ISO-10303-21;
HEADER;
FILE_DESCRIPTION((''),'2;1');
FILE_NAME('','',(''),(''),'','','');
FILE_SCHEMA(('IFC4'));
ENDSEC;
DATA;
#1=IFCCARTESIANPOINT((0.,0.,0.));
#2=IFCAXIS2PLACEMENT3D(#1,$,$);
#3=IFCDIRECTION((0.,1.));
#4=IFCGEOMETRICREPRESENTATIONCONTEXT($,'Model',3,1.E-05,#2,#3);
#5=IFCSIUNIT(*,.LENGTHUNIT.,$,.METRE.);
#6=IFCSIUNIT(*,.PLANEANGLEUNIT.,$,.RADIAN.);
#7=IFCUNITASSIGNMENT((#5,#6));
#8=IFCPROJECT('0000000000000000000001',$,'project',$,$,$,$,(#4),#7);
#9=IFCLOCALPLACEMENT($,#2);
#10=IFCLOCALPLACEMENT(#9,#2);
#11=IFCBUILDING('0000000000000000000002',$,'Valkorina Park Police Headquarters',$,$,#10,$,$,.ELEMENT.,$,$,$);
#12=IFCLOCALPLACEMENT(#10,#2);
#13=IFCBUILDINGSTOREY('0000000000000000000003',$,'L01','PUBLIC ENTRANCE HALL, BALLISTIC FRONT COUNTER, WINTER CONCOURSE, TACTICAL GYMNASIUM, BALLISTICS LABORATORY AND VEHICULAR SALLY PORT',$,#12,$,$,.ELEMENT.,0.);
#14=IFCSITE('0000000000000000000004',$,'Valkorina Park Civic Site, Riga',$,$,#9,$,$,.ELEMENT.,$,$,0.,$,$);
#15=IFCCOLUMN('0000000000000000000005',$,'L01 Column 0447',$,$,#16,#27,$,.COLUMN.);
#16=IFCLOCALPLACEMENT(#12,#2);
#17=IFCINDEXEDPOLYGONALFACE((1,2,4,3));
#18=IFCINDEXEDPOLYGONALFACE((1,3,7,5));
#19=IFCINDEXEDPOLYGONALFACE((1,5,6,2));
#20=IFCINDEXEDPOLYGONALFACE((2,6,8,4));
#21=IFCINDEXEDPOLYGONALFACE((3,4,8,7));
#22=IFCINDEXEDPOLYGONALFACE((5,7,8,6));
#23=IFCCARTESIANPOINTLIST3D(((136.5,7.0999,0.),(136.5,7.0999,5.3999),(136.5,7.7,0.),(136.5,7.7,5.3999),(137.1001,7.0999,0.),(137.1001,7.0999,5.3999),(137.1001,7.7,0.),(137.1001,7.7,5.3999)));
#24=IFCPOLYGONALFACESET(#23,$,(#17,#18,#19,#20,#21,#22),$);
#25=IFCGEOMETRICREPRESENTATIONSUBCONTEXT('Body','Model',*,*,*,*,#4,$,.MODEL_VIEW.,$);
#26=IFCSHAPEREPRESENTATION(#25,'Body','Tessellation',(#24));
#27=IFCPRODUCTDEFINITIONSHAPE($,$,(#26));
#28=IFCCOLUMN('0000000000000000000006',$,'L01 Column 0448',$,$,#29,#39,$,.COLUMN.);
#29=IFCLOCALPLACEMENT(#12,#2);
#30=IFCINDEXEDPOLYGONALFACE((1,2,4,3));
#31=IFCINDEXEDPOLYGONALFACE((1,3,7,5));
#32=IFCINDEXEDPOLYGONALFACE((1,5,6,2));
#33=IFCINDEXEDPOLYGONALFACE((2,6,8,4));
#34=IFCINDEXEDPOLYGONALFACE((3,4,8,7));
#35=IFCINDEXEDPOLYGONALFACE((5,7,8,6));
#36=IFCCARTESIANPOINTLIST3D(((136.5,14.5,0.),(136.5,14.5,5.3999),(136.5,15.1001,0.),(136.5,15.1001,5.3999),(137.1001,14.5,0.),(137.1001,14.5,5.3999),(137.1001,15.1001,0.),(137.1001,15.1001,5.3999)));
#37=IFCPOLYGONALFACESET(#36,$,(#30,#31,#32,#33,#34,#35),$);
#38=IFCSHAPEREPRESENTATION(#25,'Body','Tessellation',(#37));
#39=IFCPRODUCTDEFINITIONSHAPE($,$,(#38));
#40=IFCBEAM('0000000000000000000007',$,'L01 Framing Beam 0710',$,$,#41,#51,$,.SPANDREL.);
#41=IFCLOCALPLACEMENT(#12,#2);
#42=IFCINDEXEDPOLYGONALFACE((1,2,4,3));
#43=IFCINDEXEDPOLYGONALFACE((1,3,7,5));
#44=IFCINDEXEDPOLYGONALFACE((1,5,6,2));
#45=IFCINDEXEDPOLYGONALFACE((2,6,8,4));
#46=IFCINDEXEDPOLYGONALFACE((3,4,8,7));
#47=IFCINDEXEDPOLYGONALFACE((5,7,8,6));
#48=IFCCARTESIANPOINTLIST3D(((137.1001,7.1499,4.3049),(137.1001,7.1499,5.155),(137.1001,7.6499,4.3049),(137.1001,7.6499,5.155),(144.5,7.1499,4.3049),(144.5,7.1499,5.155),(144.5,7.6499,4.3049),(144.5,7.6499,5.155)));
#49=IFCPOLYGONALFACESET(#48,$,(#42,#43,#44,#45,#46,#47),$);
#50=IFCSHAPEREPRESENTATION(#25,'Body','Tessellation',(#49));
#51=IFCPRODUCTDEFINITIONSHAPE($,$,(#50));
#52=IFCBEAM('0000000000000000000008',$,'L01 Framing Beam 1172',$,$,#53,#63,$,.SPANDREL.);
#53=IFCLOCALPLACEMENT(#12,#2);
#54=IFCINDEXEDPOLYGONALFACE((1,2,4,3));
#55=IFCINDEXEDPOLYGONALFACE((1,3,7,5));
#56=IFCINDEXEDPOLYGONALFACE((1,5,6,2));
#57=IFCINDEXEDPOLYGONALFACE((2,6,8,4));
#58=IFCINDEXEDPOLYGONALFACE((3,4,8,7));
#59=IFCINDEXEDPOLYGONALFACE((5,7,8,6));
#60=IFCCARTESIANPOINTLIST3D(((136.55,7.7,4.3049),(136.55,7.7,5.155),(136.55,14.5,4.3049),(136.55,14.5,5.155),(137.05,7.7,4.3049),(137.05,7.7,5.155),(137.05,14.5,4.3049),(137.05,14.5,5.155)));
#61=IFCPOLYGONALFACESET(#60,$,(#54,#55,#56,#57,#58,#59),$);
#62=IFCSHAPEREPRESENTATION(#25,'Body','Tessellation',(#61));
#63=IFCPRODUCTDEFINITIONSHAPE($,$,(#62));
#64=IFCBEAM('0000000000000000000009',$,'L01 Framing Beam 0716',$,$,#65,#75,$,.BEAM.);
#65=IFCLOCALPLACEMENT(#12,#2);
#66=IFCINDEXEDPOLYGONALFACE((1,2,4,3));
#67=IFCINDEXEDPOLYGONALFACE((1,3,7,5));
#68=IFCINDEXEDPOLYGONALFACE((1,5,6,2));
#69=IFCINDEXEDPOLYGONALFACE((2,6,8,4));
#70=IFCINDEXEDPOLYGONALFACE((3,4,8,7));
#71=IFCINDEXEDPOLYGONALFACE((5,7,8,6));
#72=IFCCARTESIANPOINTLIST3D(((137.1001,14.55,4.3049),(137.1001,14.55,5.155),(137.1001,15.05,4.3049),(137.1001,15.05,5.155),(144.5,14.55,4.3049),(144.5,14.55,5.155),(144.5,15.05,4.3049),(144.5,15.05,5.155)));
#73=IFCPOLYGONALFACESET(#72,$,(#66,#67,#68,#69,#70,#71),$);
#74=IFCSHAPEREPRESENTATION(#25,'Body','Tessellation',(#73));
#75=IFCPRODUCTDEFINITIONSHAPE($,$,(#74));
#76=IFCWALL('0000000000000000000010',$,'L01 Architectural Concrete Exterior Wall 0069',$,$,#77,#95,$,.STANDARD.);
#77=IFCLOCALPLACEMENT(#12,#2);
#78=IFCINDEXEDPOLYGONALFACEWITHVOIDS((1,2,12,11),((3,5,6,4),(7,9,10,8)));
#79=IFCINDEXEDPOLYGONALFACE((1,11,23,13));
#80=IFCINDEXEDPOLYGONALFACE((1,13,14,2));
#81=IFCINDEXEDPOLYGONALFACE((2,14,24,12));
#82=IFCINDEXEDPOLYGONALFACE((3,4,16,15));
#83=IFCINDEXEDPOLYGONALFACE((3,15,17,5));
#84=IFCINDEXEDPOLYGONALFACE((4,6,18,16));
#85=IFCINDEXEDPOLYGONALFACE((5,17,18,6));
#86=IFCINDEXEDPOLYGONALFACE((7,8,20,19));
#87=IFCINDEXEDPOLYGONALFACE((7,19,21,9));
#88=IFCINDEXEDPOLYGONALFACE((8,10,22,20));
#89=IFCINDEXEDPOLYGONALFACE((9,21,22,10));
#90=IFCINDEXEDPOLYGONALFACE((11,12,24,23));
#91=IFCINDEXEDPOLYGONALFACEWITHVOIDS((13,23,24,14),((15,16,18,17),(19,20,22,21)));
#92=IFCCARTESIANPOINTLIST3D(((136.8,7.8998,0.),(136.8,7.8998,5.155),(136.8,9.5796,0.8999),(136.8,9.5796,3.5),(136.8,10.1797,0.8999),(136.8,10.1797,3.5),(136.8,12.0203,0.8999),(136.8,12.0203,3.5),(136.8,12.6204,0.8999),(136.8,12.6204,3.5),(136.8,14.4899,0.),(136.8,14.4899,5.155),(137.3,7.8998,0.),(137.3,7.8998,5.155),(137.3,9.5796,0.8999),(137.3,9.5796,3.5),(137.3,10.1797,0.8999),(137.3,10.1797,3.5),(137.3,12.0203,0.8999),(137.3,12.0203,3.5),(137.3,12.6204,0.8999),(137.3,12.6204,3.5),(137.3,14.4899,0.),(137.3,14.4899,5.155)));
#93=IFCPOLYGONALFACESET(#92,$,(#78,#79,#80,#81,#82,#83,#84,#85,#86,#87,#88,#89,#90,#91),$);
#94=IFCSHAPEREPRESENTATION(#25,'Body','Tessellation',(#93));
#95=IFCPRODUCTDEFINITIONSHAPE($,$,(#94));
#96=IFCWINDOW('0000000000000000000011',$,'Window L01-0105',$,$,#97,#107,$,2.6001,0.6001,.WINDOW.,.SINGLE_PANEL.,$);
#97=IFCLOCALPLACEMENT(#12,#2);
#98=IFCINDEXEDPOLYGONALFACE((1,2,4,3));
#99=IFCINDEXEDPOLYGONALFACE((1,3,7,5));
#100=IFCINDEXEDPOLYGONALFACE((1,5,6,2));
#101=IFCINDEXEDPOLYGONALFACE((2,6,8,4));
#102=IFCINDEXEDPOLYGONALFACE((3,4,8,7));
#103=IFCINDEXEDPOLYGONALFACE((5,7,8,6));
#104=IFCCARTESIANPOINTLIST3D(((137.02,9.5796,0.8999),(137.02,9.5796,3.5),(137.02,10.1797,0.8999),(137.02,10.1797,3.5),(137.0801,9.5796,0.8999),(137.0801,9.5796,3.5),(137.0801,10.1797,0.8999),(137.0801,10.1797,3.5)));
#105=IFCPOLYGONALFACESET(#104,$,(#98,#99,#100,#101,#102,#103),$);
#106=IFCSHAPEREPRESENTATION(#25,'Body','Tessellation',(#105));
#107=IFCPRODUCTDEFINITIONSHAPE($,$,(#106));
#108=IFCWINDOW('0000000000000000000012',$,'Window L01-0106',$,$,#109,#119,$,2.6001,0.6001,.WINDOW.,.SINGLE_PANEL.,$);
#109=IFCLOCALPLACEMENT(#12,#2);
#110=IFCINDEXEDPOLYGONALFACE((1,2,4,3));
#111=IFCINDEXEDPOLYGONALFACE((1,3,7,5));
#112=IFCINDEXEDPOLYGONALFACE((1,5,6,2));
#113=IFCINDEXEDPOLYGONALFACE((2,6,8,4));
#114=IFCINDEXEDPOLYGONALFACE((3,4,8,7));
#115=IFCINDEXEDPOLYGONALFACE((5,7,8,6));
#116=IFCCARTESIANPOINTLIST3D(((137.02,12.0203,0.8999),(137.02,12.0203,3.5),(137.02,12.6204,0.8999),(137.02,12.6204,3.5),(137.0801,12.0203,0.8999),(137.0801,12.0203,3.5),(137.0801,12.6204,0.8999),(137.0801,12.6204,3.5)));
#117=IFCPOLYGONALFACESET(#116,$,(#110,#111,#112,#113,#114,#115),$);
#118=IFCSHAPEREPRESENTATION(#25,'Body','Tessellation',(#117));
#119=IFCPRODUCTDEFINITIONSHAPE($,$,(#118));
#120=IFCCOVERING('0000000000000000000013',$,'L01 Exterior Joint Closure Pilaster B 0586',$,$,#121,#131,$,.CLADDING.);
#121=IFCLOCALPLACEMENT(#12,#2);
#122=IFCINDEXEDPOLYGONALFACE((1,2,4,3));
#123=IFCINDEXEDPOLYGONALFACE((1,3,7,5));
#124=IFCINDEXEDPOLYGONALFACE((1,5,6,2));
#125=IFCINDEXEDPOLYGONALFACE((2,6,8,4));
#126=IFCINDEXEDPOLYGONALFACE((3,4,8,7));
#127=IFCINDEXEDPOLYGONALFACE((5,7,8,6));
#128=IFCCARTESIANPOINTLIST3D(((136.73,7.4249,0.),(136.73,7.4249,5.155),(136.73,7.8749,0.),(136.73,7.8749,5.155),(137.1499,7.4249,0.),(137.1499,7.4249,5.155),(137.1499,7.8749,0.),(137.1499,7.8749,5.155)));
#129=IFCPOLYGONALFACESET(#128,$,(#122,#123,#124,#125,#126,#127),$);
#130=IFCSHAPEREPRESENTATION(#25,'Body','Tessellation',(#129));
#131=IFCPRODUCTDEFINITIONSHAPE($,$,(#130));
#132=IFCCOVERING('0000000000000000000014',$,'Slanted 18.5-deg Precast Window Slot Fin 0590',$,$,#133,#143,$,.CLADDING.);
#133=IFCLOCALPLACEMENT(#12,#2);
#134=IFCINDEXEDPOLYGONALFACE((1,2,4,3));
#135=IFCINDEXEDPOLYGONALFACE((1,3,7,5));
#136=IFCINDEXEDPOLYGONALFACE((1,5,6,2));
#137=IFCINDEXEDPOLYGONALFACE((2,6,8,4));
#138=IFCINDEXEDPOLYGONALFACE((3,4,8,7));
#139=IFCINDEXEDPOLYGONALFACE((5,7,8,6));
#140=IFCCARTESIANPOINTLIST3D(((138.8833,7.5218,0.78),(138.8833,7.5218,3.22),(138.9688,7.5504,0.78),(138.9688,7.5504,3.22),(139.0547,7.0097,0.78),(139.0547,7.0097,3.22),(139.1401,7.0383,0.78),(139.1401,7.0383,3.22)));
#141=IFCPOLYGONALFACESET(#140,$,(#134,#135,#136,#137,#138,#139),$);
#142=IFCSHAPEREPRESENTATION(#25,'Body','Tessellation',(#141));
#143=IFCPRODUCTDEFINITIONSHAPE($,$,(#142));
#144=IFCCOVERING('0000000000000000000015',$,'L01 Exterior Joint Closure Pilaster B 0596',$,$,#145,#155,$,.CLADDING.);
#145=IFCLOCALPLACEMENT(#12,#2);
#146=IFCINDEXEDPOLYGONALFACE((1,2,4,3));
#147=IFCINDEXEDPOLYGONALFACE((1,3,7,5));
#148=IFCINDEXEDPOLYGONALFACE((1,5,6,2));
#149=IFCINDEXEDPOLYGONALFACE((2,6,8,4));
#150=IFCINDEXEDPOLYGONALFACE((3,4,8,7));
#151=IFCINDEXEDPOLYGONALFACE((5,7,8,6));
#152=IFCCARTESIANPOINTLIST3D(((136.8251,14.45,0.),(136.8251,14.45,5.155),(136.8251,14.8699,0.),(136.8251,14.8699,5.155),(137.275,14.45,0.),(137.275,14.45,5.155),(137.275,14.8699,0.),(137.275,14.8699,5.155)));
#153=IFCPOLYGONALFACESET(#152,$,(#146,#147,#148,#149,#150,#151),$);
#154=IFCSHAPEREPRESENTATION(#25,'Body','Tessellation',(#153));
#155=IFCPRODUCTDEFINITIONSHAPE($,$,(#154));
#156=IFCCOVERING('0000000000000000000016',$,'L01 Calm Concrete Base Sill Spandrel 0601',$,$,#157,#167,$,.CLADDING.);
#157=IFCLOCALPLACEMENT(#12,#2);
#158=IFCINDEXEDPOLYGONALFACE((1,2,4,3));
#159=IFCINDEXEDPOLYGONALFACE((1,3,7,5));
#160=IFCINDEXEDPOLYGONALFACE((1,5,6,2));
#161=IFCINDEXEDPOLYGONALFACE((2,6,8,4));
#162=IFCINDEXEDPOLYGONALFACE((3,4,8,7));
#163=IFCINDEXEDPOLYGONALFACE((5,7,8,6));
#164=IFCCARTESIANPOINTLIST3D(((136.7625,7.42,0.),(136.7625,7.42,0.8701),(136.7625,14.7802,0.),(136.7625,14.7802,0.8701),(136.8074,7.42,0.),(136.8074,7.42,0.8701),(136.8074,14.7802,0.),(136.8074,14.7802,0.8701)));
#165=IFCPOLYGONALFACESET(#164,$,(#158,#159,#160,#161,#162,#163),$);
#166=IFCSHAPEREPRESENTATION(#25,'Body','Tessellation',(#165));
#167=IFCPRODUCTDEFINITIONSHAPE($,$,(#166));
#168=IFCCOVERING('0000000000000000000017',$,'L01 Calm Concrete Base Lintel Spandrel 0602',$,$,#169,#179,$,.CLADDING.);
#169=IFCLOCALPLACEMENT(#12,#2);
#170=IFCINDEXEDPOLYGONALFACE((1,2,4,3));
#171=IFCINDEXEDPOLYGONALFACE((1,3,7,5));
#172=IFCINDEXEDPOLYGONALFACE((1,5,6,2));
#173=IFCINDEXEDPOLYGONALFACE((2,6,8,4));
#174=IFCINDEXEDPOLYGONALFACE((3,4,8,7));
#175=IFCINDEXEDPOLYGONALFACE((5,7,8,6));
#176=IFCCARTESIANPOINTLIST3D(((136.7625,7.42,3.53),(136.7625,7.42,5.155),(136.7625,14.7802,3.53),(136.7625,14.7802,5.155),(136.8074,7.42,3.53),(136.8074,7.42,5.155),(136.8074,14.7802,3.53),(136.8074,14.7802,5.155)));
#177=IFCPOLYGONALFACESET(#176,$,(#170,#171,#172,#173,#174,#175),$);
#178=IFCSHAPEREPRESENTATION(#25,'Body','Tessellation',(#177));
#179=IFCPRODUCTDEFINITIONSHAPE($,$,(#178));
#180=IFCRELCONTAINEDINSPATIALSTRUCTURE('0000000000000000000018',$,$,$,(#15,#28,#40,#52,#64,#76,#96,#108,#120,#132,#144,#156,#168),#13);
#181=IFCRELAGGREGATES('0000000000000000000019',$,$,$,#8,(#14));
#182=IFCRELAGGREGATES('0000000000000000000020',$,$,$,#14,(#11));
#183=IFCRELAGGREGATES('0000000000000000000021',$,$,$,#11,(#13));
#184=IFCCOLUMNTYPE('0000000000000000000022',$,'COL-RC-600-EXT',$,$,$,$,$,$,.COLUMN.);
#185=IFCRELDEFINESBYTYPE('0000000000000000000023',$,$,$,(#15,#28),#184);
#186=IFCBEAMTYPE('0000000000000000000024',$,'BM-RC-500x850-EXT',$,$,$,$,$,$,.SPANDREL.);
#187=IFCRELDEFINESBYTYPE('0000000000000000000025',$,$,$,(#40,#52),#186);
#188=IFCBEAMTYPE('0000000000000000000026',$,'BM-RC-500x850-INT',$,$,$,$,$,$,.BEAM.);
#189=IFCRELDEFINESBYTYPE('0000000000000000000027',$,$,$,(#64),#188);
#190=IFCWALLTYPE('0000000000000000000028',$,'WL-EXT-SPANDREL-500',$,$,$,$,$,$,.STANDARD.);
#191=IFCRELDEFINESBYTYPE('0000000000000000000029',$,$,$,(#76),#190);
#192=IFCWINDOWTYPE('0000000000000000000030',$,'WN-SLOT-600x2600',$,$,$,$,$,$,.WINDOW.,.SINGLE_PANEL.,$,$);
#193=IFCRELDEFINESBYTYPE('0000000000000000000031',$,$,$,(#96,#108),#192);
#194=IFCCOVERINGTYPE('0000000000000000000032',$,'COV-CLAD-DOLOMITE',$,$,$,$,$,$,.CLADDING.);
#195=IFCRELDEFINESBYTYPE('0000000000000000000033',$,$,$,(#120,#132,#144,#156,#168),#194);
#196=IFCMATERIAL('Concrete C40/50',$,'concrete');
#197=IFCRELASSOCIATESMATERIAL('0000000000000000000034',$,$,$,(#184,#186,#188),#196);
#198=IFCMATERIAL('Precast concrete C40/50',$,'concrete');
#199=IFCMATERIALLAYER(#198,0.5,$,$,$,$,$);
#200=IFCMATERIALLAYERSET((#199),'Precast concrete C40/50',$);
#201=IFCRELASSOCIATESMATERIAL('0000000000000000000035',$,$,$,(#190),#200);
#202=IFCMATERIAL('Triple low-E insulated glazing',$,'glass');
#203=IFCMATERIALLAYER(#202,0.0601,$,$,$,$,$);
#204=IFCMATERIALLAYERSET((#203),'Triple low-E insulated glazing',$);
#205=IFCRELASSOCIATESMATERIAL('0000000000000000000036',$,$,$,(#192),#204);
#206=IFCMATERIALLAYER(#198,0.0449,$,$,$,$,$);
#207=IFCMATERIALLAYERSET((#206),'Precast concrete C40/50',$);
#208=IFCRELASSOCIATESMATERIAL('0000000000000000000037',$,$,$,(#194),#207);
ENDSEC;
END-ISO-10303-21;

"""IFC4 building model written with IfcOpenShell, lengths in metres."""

from ifc_helpers import new_model, si_unit, direction, frame, frame_2d, origin, origin_2d, place, context, subcontext, project, spatial, rectangle, extrude, material, layer, layer_set, material_profile, profile_set, type_object, element, fill, save


model = new_model("IFC4")

# Units and contexts
model_context = context("Model", 3, precision=1e-05, world=origin(), true_north=direction((0.0, 1.0)))
body_context = subcontext(model_context, "Body", "Model", "MODEL_VIEW")
ifc_project = project(units=[si_unit("LENGTHUNIT", "METRE"), si_unit("PLANEANGLEUNIT", "RADIAN")], contexts=[model_context])

# Site, building, storey
site_placement = place(None, origin())
site = spatial("IfcSite", under=ifc_project, at=site_placement, Name="Valkorina Park Civic Site, Riga", CompositionType="ELEMENT", RefElevation=0.0)
building_placement = place(site_placement, origin())
building = spatial("IfcBuilding", under=site, at=building_placement, Name="Valkorina Park Police Headquarters", CompositionType="ELEMENT")
storey_placement = place(building_placement, origin())
storey = spatial("IfcBuildingStorey", under=building, at=storey_placement, Name="L01", Description="PUBLIC ENTRANCE HALL, BALLISTIC FRONT COUNTER, WINTER CONCOURSE, TACTICAL GYMNASIUM, BALLISTICS LABORATORY AND VEHICULAR SALLY PORT", CompositionType="ELEMENT", Elevation=0.0)

# Columns
ifc_material_1 = material(Name="Concrete C40/50", Category="concrete")
ifc_material_profile_1 = material_profile(ifc_material_1, rectangle(XDim=0.6001, YDim=0.6001, at=origin_2d()), Name="RC COL 600x600")
ifc_profile_set_1 = profile_set([ifc_material_profile_1], Name="Concrete C40/50")
column_type = type_object("IfcColumnType", Name="COL-RC-600-EXT", PredefinedType="COLUMN", material=ifc_profile_set_1)
for number, where, z_axis, x_axis, name in (
    (1, (136.8, 7.3999, 0.0), (0.0, 0.0, 1.0), (1.0, 0.0, 0.0), "L01 Column 0447"),
    (2, (136.8, 14.8, 0.0), (0.0, 0.0, 1.0), (1.0, 0.0, 0.0), "L01 Column 0448"),
):
    element("IfcColumn", number, at=place(storey_placement, frame(where, z_axis=z_axis, x_axis=x_axis)), inside=storey, type_object=column_type, Name=name, PredefinedType="COLUMN", context=body_context, shape_type="SweptSolid", body=[
        extrude(rectangle(XDim=0.6001, YDim=0.6001, at=origin_2d()), origin(), (0.0, 0.0, 1.0), 5.3999),
    ])

# Beams
ifc_material_profile_2 = material_profile(ifc_material_1, rectangle(XDim=0.5, YDim=0.8501, at=origin_2d()), Name="RC BEAM 500x850")
ifc_profile_set_2 = profile_set([ifc_material_profile_2], Name="Concrete C40/50")
beam_type_1 = type_object("IfcBeamType", Name="BM-RC-500x850-EXT", PredefinedType="SPANDREL", material=ifc_profile_set_2)
beam_1_placement = place(storey_placement, frame((137.1001, 7.3999, 4.73), z_axis=(1.0, 0.0, 0.0), x_axis=(0.0, 1.0, 0.0)))
element("IfcBeam", 3, at=beam_1_placement, inside=storey, type_object=beam_type_1, Name="L01 Framing Beam 0710", PredefinedType="SPANDREL", context=body_context, shape_type="SweptSolid", body=[
    extrude(rectangle(XDim=0.5, YDim=0.8501, at=origin_2d()), origin(), (0.0, 0.0, 1.0), 7.3999),
])
beam_2_placement = place(storey_placement, frame((136.8, 7.7, 4.73), z_axis=(0.0, 1.0, 0.0), x_axis=(-1.0, 0.0, 0.0)))
element("IfcBeam", 4, at=beam_2_placement, inside=storey, type_object=beam_type_1, Name="L01 Framing Beam 1172", PredefinedType="SPANDREL", context=body_context, shape_type="SweptSolid", body=[
    extrude(rectangle(XDim=0.5, YDim=0.8501, at=origin_2d()), origin(), (0.0, 0.0, 1.0), 6.8),
])
ifc_material_profile_3 = material_profile(ifc_material_1, rectangle(XDim=0.5, YDim=0.8501, at=origin_2d()), Name="RC BEAM 500x850")
ifc_profile_set_3 = profile_set([ifc_material_profile_3], Name="Concrete C40/50")
beam_type_2 = type_object("IfcBeamType", Name="BM-RC-500x850-INT", PredefinedType="BEAM", material=ifc_profile_set_3)
beam_3_placement = place(storey_placement, frame((137.1001, 14.8, 4.73), z_axis=(1.0, 0.0, 0.0), x_axis=(0.0, 1.0, 0.0)))
element("IfcBeam", 5, at=beam_3_placement, inside=storey, type_object=beam_type_2, Name="L01 Framing Beam 0716", PredefinedType="BEAM", context=body_context, shape_type="SweptSolid", body=[
    extrude(rectangle(XDim=0.5, YDim=0.8501, at=origin_2d()), origin(), (0.0, 0.0, 1.0), 7.3999),
])

# Wall, openings, windows
ifc_material_2 = material(Name="Precast concrete C40/50", Category="concrete")
ifc_layer_1 = layer(ifc_material_2, 0.5)
ifc_layer_set_1 = layer_set([ifc_layer_1], Name="Precast concrete C40/50")
wall_type = type_object("IfcWallType", Name="WL-EXT-SPANDREL-500", PredefinedType="STANDARD", material=ifc_layer_set_1)
wall_placement = place(storey_placement, frame((137.05, 7.8999, 0.0), z_axis=(0.0, 0.0, 1.0), x_axis=(0.0, 1.0, 0.0)))
wall = element("IfcWall", 6, at=wall_placement, inside=storey, type_object=wall_type, Name="L01 Architectural Concrete Exterior Wall 0069", PredefinedType="STANDARD", context=body_context, shape_type="SweptSolid", body=[
    extrude(rectangle(XDim=6.5901, YDim=0.5, at=frame_2d((3.2949, 0.0))), origin(), (0.0, 0.0, 1.0), 5.155),
])
opening_1_placement = place(wall_placement, frame((1.6797, 0.0, 0.8999)))
opening_1 = element("IfcOpeningElement", 7, at=opening_1_placement, cuts=wall, PredefinedType="OPENING", context=body_context, shape_type="SweptSolid", body=[
    extrude(rectangle(XDim=0.6001, YDim=2.6001, at=frame_2d((0.3, 1.3))), frame((0.0, 0.26, 0.0), z_axis=(0.0, -1.0, 0.0), x_axis=(1.0, 0.0, 0.0)), (0.0, 0.0, 1.0), 0.52),
])
opening_2_placement = place(wall_placement, frame((4.1204, 0.0, 0.8999)))
opening_2 = element("IfcOpeningElement", 8, at=opening_2_placement, cuts=wall, PredefinedType="OPENING", context=body_context, shape_type="SweptSolid", body=[
    extrude(rectangle(XDim=0.6001, YDim=2.6001, at=frame_2d((0.3, 1.3))), frame((0.0, 0.26, 0.0), z_axis=(0.0, -1.0, 0.0), x_axis=(1.0, 0.0, 0.0)), (0.0, 0.0, 1.0), 0.52),
])
ifc_material_3 = material(Name="Triple low-E insulated glazing", Category="glass")
ifc_layer_2 = layer(ifc_material_3, 0.0601)
ifc_layer_set_2 = layer_set([ifc_layer_2], Name="Triple low-E insulated glazing")
window_type = type_object("IfcWindowType", Name="WN-SLOT-600x2600", PartitioningType="SINGLE_PANEL", PredefinedType="WINDOW", material=ifc_layer_set_2)
window_1_placement = place(opening_1_placement, origin())
window_1 = element("IfcWindow", 9, at=window_1_placement, inside=storey, type_object=window_type, Name="Window L01-0105", OverallHeight=2.6001, OverallWidth=0.6001, PartitioningType="SINGLE_PANEL", PredefinedType="WINDOW", context=body_context, shape_type="SweptSolid", body=[
    extrude(rectangle(XDim=0.6001, YDim=2.6001, at=frame_2d((0.3, 1.3))), frame((0.0, 0.03, 0.0), z_axis=(0.0, -1.0, 0.0), x_axis=(1.0, 0.0, 0.0)), (0.0, 0.0, 1.0), 0.0601),
])
fill(opening_1, window_1)
window_2_placement = place(opening_2_placement, origin())
window_2 = element("IfcWindow", 10, at=window_2_placement, inside=storey, type_object=window_type, Name="Window L01-0106", OverallHeight=2.6001, OverallWidth=0.6001, PartitioningType="SINGLE_PANEL", PredefinedType="WINDOW", context=body_context, shape_type="SweptSolid", body=[
    extrude(rectangle(XDim=0.6001, YDim=2.6001, at=frame_2d((0.3, 1.3))), frame((0.0, 0.03, 0.0), z_axis=(0.0, -1.0, 0.0), x_axis=(1.0, 0.0, 0.0)), (0.0, 0.0, 1.0), 0.0601),
])
fill(opening_2, window_2)

# Coverings
ifc_layer_3 = layer(ifc_material_2, 0.0449)
ifc_layer_set_3 = layer_set([ifc_layer_3], Name="Precast concrete C40/50")
covering_type = type_object("IfcCoveringType", Name="COV-CLAD-DOLOMITE", PredefinedType="CLADDING", material=ifc_layer_set_3)
covering_1_placement = place(storey_placement, frame((136.9399, 7.6499, 0.0), z_axis=(0.0, 0.0, 1.0), x_axis=(1.0, 0.0, 0.0)))
element("IfcCovering", 11, at=covering_1_placement, inside=storey, type_object=covering_type, Name="L01 Exterior Joint Closure Pilaster B 0586", PredefinedType="CLADDING", context=body_context, shape_type="SweptSolid", body=[
    extrude(rectangle(XDim=0.4199, YDim=0.45, at=origin_2d()), origin(), (0.0, 0.0, 1.0), 5.155),
])
covering_2_placement = place(storey_placement, frame((139.0117, 7.28, 0.78), z_axis=(0.0, 0.0, 1.0), x_axis=(0.317305, -0.948324, 0.0)))
element("IfcCovering", 12, at=covering_2_placement, inside=storey, type_object=covering_type, Name="Slanted 18.5-deg Precast Window Slot Fin 0590", PredefinedType="CLADDING", context=body_context, shape_type="SweptSolid", body=[
    extrude(rectangle(XDim=0.54, YDim=0.0901, at=origin_2d()), origin(), (0.0, 0.0, 1.0), 2.4399),
])
covering_3_placement = place(storey_placement, frame((137.05, 14.6599, 0.0), z_axis=(0.0, 0.0, 1.0), x_axis=(0.0, 1.0, 0.0)))
element("IfcCovering", 13, at=covering_3_placement, inside=storey, type_object=covering_type, Name="L01 Exterior Joint Closure Pilaster B 0596", PredefinedType="CLADDING", context=body_context, shape_type="SweptSolid", body=[
    extrude(rectangle(XDim=0.4199, YDim=0.45, at=origin_2d()), origin(), (0.0, 0.0, 1.0), 5.155),
])
covering_4_placement = place(storey_placement, frame((136.7849, 7.4199, 0.0), z_axis=(0.0, 0.0, 1.0), x_axis=(0.0, 1.0, 0.0)))
element("IfcCovering", 14, at=covering_4_placement, inside=storey, type_object=covering_type, Name="L01 Calm Concrete Base Sill Spandrel 0601", PredefinedType="CLADDING", context=body_context, shape_type="SweptSolid", body=[
    extrude(rectangle(XDim=7.3601, YDim=0.0449, at=frame_2d((3.6802, 0.0))), origin(), (0.0, 0.0, 1.0), 0.8701),
])
covering_5_placement = place(storey_placement, frame((136.7849, 7.4199, 3.53), z_axis=(0.0, 0.0, 1.0), x_axis=(0.0, 1.0, 0.0)))
element("IfcCovering", 15, at=covering_5_placement, inside=storey, type_object=covering_type, Name="L01 Calm Concrete Base Lintel Spandrel 0602", PredefinedType="CLADDING", context=body_context, shape_type="SweptSolid", body=[
    extrude(rectangle(XDim=7.3601, YDim=0.0449, at=frame_2d((3.6802, 0.0))), origin(), (0.0, 0.0, 1.0), 1.625),
])

save(model, "model.ifc")
